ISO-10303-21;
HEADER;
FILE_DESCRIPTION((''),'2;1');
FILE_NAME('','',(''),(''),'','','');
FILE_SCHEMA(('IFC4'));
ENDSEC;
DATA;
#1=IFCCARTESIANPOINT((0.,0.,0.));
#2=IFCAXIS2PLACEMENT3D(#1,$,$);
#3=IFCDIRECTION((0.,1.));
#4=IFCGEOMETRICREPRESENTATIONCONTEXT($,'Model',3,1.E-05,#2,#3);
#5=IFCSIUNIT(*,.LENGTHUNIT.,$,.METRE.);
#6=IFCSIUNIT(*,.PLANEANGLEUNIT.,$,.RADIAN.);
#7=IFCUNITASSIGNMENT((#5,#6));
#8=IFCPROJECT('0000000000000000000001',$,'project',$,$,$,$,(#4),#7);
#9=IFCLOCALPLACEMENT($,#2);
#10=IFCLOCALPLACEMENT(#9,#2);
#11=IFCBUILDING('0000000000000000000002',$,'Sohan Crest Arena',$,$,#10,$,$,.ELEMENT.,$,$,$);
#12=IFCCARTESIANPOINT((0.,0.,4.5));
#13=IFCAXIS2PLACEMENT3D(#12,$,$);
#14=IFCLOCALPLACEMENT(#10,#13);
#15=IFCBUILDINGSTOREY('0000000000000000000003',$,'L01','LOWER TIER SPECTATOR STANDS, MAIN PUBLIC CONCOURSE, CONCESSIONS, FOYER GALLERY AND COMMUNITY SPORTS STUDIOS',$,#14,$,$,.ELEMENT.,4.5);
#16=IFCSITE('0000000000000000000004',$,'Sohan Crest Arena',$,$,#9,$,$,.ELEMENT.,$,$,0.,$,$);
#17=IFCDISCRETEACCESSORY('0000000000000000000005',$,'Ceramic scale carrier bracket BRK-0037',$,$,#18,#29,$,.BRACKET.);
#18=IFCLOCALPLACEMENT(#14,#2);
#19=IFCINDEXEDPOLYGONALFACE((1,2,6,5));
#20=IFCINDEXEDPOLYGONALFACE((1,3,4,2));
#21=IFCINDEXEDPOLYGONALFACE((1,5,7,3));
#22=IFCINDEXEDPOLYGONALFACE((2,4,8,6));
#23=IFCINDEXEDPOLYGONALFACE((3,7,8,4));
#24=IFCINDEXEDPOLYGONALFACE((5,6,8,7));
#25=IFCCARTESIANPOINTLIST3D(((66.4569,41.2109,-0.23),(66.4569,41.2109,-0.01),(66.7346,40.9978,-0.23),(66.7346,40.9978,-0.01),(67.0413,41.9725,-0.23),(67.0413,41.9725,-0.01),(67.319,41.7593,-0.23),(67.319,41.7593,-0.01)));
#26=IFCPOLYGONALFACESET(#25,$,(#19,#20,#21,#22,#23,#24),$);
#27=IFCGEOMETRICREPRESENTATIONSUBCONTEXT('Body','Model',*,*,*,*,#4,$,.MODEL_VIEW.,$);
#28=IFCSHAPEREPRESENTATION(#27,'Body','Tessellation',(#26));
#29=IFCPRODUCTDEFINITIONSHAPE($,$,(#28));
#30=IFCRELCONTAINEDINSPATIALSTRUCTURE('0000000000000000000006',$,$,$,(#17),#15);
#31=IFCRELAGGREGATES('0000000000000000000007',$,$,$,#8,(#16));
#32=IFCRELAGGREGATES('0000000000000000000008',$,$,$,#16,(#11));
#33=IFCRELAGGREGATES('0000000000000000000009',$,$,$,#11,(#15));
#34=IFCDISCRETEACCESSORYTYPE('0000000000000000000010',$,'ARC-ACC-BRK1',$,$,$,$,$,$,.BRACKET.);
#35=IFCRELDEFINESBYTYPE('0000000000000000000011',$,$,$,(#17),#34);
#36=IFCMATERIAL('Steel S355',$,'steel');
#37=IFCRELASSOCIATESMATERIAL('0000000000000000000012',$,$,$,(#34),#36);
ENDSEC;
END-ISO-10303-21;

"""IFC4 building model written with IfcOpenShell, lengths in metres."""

from ifc_helpers import new_model, si_unit, direction, frame, origin, origin_2d, place, context, subcontext, project, spatial, rectangle, extrude, material, type_object, element, save


model = new_model("IFC4")

# Units and contexts
model_context = context("Model", 3, precision=1e-05, world=origin(), true_north=direction((0.0, 1.0)))
body_context = subcontext(model_context, "Body", "Model", "MODEL_VIEW")
ifc_project = project(units=[si_unit("LENGTHUNIT", "METRE"), si_unit("PLANEANGLEUNIT", "RADIAN")], contexts=[model_context])

# Site, building, storey
site_placement = place(None, origin())
site = spatial("IfcSite", under=ifc_project, at=site_placement, Name="Sohan Crest Arena", CompositionType="ELEMENT", RefElevation=0.0)
building_placement = place(site_placement, origin())
building = spatial("IfcBuilding", under=site, at=building_placement, Name="Sohan Crest Arena", CompositionType="ELEMENT")
storey_placement = place(building_placement, frame((0.0, 0.0, 4.5)))
storey = spatial("IfcBuildingStorey", under=building, at=storey_placement, Name="L01", Description="LOWER TIER SPECTATOR STANDS, MAIN PUBLIC CONCOURSE, CONCESSIONS, FOYER GALLERY AND COMMUNITY SPORTS STUDIOS", CompositionType="ELEMENT", Elevation=4.5)

# Shared definitions
ifc_material_1 = material(Name="Steel S355", Category="steel")

# Discrete accessory
discrete_accessory_type = type_object("IfcDiscreteAccessoryType", Name="ARC-ACC-BRK1", PredefinedType="BRACKET", material=ifc_material_1)
for number, where, z_axis, x_axis, name in (
    (1, (66.8879, 41.4851, -0.23), (0.0, 0.0, 1.0), (0.793353, -0.608761, 0.0), "Ceramic scale carrier bracket BRK-0037"),
):
    element("IfcDiscreteAccessory", number, at=place(storey_placement, frame(where, z_axis=z_axis, x_axis=x_axis)), inside=storey, type_object=discrete_accessory_type, Name=name, PredefinedType="BRACKET", context=body_context, shape_type="SweptSolid", body=[
        extrude(rectangle(XDim=0.3501, YDim=0.96, at=origin_2d()), origin(), (0.0, 0.0, 1.0), 0.22),
    ])

save(model, "model.ifc")
